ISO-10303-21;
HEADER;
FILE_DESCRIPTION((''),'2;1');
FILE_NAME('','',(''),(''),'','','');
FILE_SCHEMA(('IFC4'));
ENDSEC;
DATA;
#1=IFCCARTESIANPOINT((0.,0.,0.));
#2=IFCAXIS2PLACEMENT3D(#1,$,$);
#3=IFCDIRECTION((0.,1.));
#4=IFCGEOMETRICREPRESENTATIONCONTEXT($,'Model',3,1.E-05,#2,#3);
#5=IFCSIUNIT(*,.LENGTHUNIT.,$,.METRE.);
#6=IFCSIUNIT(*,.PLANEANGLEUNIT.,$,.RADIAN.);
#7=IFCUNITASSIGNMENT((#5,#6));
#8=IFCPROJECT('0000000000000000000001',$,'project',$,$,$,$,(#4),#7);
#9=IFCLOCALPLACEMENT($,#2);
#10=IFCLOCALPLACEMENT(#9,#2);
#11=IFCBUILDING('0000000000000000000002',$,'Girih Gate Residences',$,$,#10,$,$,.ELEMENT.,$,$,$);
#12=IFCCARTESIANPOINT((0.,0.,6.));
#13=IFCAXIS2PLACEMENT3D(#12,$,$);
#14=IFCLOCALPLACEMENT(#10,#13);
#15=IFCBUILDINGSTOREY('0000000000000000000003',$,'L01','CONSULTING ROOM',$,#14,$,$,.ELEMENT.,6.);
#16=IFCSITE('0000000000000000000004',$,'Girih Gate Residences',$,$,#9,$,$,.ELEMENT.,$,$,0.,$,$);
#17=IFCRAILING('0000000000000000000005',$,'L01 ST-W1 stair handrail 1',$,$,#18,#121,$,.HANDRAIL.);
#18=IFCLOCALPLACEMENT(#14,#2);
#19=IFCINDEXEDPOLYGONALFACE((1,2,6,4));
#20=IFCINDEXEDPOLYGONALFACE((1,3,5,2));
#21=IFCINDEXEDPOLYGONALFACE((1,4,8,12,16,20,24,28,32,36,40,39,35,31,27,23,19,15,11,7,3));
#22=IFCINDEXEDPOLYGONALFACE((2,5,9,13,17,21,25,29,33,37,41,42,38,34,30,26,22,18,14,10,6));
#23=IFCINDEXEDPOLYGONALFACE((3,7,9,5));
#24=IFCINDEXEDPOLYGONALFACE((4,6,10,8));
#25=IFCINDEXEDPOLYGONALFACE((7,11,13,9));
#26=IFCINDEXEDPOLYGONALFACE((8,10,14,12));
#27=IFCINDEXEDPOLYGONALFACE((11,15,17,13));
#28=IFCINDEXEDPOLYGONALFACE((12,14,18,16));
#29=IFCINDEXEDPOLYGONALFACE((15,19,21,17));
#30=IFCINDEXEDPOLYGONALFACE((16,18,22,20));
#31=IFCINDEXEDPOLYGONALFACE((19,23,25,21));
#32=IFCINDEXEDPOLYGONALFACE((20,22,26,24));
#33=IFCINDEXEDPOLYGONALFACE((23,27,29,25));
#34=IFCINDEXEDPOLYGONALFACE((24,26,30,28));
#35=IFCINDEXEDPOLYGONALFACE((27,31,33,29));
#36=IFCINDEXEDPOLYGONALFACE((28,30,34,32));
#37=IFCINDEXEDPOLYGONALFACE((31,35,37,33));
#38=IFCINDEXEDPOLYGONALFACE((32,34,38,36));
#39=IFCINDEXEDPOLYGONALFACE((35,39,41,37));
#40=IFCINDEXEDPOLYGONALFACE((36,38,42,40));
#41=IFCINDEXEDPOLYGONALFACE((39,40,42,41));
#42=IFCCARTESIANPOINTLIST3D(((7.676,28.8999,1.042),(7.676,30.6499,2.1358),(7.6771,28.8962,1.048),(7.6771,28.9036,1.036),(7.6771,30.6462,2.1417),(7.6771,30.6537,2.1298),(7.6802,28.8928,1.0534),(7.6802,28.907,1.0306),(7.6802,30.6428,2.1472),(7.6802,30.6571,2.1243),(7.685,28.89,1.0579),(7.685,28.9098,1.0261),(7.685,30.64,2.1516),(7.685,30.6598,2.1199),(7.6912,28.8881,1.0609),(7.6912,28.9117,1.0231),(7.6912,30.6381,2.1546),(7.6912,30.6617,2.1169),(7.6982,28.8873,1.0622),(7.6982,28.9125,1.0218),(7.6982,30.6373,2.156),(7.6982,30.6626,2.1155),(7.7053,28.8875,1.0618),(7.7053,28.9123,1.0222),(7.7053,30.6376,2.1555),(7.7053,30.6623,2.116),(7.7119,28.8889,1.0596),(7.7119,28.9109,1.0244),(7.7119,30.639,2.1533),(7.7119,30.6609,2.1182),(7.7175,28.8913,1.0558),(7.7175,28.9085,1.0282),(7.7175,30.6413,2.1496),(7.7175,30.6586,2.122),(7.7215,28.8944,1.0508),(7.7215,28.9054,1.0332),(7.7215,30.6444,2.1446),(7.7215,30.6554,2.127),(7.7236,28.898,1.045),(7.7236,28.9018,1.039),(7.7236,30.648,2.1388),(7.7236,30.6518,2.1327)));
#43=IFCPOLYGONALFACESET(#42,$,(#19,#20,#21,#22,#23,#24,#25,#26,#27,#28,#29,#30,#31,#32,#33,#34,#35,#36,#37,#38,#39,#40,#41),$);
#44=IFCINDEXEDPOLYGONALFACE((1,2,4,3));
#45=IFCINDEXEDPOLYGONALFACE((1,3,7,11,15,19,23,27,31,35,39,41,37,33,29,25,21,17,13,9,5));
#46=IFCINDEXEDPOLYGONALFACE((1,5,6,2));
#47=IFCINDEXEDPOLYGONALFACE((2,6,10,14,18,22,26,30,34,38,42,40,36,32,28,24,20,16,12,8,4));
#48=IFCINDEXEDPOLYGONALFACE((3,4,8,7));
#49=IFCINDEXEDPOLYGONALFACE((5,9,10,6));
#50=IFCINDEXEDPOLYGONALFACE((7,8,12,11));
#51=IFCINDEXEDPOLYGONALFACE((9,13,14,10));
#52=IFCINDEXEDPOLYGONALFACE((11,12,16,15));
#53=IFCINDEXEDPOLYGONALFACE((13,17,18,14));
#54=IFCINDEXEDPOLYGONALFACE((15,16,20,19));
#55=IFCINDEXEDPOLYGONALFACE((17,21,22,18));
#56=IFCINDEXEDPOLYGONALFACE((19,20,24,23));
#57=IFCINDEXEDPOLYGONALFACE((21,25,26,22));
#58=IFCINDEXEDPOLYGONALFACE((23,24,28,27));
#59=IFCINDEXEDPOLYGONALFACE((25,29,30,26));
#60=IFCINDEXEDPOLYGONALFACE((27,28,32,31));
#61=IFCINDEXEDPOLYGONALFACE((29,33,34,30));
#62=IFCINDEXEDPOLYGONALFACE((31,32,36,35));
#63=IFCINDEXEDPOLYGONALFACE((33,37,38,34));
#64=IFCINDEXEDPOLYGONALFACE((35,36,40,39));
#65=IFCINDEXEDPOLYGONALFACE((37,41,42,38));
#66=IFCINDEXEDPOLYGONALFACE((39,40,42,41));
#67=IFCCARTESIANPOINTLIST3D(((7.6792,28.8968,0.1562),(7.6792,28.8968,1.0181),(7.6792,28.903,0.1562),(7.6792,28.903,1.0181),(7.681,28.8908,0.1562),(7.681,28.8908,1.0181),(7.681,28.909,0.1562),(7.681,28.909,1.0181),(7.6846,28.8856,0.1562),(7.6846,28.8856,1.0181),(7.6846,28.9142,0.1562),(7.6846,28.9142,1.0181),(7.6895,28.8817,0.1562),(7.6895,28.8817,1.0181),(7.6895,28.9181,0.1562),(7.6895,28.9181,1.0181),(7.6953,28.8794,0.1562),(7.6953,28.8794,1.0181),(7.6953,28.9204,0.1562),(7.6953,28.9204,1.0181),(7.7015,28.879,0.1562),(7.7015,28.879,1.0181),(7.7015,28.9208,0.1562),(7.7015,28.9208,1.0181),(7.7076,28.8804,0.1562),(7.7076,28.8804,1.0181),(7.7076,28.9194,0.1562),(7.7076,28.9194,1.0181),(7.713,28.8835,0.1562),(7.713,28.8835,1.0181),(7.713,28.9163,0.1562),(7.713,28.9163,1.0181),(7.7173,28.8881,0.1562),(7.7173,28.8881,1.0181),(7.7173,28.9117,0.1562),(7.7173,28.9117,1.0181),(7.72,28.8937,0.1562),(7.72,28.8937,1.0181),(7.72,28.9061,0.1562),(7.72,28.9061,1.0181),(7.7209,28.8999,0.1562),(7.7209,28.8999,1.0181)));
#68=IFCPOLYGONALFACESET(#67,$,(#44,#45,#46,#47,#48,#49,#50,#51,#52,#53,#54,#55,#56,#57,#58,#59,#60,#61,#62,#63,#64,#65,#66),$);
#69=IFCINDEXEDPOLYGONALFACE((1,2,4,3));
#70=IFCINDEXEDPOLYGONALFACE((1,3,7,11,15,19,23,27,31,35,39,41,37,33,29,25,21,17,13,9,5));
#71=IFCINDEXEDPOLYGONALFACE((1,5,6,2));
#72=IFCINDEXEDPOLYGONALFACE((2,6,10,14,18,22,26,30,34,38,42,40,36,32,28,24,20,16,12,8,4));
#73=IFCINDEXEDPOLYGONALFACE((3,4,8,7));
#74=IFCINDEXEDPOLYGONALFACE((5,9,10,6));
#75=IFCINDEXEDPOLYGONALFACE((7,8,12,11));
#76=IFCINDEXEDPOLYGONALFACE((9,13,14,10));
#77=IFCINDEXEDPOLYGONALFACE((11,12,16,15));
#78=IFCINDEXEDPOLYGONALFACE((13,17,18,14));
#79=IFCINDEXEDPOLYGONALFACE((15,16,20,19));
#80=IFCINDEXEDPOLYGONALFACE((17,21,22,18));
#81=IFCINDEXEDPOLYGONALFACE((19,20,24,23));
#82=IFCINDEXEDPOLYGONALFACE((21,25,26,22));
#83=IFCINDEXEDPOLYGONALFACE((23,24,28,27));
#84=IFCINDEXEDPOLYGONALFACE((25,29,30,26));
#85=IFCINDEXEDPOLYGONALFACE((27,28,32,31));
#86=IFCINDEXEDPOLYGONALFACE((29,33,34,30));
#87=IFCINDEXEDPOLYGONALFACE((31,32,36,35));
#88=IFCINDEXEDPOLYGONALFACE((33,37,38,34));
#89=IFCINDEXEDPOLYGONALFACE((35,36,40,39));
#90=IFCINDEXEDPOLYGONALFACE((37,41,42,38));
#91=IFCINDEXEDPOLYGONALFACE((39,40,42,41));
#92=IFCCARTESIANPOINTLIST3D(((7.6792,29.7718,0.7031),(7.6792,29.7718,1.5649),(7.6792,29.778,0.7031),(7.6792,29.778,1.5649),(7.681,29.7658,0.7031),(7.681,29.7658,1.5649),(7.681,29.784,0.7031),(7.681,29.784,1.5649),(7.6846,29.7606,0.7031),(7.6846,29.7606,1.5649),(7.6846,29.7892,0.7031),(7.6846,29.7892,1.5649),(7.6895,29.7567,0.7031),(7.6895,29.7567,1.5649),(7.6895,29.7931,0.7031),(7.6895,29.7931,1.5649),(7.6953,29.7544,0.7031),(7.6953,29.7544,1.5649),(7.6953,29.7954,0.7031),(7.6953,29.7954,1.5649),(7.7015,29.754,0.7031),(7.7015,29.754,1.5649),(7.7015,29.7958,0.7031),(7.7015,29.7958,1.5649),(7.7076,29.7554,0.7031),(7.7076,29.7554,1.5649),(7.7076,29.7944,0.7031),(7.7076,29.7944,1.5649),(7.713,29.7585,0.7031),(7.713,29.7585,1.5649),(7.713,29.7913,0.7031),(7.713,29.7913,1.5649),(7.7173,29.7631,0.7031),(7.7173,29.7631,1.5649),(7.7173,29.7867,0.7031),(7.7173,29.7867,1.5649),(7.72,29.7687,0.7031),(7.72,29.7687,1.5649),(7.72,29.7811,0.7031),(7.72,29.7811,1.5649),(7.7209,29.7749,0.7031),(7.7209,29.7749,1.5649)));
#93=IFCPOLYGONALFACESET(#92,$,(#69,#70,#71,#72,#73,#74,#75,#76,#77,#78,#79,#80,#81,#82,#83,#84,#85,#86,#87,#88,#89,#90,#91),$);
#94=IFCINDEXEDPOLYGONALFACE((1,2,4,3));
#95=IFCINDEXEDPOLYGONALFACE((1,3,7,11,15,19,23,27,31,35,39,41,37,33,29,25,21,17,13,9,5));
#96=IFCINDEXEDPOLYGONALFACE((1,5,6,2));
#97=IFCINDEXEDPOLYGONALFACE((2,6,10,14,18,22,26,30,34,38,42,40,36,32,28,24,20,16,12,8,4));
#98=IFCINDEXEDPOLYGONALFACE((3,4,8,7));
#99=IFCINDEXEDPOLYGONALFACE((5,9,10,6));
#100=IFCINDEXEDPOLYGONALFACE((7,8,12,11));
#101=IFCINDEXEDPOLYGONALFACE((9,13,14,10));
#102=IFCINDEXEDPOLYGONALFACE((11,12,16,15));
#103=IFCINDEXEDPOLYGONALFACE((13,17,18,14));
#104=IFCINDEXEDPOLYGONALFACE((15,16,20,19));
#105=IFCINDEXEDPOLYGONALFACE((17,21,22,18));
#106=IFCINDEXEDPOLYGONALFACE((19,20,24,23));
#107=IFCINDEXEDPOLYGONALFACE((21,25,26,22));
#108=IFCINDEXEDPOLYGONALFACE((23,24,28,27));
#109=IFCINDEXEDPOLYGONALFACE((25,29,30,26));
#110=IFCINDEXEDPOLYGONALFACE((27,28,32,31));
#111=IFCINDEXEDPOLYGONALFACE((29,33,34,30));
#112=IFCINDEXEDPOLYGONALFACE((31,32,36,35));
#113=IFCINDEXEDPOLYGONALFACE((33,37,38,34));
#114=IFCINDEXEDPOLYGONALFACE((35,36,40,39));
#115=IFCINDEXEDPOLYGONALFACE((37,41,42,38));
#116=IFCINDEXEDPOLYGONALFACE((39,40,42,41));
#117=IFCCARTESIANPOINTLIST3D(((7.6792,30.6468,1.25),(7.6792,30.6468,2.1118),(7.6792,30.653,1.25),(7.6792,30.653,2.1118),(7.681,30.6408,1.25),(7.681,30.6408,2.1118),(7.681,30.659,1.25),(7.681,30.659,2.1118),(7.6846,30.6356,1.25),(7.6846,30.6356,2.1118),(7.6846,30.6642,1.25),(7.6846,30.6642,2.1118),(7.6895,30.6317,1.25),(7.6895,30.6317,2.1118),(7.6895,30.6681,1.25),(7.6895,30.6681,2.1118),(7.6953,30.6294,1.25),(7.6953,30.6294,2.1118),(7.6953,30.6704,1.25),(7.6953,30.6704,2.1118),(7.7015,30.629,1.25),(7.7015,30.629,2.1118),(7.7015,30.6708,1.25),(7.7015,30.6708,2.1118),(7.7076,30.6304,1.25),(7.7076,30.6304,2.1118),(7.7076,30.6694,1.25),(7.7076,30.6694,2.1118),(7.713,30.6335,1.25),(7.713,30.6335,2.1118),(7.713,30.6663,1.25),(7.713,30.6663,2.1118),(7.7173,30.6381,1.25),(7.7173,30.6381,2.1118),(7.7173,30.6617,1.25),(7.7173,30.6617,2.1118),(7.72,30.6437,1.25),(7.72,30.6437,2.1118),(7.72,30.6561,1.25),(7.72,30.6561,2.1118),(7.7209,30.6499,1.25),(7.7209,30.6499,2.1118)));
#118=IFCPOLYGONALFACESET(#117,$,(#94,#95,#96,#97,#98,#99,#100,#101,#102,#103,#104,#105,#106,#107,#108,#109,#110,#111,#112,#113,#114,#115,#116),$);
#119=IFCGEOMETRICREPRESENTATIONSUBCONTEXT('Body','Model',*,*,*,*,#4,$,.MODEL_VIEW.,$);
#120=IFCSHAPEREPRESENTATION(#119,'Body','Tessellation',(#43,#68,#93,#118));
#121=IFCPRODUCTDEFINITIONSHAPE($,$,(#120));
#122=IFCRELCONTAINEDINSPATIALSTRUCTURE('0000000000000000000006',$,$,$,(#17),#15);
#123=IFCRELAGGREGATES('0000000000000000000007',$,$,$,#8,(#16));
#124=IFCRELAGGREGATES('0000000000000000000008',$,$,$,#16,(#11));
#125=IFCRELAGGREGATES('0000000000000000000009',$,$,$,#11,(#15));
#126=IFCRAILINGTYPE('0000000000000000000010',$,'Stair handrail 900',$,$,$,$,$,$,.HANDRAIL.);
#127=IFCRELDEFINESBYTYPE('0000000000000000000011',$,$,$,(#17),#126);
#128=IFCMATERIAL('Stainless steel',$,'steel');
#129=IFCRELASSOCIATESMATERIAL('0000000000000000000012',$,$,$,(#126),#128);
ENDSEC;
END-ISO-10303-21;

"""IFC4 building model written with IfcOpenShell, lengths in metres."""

from ifc_helpers import new_model, si_unit, direction, frame, origin, origin_2d, place, context, subcontext, project, spatial, circle, extrude, material, type_object, element, save


model = new_model("IFC4")

# Units and contexts
model_context = context("Model", 3, precision=1e-05, world=origin(), true_north=direction((0.0, 1.0)))
body_context = subcontext(model_context, "Body", "Model", "MODEL_VIEW")
ifc_project = project(units=[si_unit("LENGTHUNIT", "METRE"), si_unit("PLANEANGLEUNIT", "RADIAN")], contexts=[model_context])

# Site, building, storey
site_placement = place(None, origin())
site = spatial("IfcSite", under=ifc_project, at=site_placement, Name="Girih Gate Residences", CompositionType="ELEMENT", RefElevation=0.0)
building_placement = place(site_placement, origin())
building = spatial("IfcBuilding", under=site, at=building_placement, Name="Girih Gate Residences", CompositionType="ELEMENT")
storey_placement = place(building_placement, frame((0.0, 0.0, 6.0)))
storey = spatial("IfcBuildingStorey", under=building, at=storey_placement, Name="L01", Description="CONSULTING ROOM", CompositionType="ELEMENT", Elevation=6.0)

# Railing
ifc_material_1 = material(Name="Stainless steel", Category="steel")
railing_type_1 = type_object("IfcRailingType", Name="Stair handrail 900", PredefinedType="HANDRAIL", material=ifc_material_1)
railing_1_placement = place(storey_placement, frame((7.7, 28.8999, 0.1562)))
element("IfcRailing", 1, at=railing_1_placement, inside=storey, type_object=railing_type_1, Name="L01 ST-W1 stair handrail 1", PredefinedType="HANDRAIL", context=body_context, shape_type="SweptSolid", body=[
    extrude(circle(Radius=0.0239, at=origin_2d()), frame((0.0, 0.0, 0.8857), z_axis=(0.0, 0.847998, 0.529999), x_axis=(-1.0, 0.0, 0.0)), (0.0, 0.0, 1.0), 2.0637),
    extrude(circle(Radius=0.021, at=origin_2d()), origin(), (0.0, 0.0, 1.0), 0.8618),
    extrude(circle(Radius=0.021, at=origin_2d()), frame((0.0, 0.875, 0.5469)), (0.0, 0.0, 1.0), 0.8618),
    extrude(circle(Radius=0.021, at=origin_2d()), frame((0.0, 1.75, 1.0938)), (0.0, 0.0, 1.0), 0.8618),
])

save(model, "model.ifc")
